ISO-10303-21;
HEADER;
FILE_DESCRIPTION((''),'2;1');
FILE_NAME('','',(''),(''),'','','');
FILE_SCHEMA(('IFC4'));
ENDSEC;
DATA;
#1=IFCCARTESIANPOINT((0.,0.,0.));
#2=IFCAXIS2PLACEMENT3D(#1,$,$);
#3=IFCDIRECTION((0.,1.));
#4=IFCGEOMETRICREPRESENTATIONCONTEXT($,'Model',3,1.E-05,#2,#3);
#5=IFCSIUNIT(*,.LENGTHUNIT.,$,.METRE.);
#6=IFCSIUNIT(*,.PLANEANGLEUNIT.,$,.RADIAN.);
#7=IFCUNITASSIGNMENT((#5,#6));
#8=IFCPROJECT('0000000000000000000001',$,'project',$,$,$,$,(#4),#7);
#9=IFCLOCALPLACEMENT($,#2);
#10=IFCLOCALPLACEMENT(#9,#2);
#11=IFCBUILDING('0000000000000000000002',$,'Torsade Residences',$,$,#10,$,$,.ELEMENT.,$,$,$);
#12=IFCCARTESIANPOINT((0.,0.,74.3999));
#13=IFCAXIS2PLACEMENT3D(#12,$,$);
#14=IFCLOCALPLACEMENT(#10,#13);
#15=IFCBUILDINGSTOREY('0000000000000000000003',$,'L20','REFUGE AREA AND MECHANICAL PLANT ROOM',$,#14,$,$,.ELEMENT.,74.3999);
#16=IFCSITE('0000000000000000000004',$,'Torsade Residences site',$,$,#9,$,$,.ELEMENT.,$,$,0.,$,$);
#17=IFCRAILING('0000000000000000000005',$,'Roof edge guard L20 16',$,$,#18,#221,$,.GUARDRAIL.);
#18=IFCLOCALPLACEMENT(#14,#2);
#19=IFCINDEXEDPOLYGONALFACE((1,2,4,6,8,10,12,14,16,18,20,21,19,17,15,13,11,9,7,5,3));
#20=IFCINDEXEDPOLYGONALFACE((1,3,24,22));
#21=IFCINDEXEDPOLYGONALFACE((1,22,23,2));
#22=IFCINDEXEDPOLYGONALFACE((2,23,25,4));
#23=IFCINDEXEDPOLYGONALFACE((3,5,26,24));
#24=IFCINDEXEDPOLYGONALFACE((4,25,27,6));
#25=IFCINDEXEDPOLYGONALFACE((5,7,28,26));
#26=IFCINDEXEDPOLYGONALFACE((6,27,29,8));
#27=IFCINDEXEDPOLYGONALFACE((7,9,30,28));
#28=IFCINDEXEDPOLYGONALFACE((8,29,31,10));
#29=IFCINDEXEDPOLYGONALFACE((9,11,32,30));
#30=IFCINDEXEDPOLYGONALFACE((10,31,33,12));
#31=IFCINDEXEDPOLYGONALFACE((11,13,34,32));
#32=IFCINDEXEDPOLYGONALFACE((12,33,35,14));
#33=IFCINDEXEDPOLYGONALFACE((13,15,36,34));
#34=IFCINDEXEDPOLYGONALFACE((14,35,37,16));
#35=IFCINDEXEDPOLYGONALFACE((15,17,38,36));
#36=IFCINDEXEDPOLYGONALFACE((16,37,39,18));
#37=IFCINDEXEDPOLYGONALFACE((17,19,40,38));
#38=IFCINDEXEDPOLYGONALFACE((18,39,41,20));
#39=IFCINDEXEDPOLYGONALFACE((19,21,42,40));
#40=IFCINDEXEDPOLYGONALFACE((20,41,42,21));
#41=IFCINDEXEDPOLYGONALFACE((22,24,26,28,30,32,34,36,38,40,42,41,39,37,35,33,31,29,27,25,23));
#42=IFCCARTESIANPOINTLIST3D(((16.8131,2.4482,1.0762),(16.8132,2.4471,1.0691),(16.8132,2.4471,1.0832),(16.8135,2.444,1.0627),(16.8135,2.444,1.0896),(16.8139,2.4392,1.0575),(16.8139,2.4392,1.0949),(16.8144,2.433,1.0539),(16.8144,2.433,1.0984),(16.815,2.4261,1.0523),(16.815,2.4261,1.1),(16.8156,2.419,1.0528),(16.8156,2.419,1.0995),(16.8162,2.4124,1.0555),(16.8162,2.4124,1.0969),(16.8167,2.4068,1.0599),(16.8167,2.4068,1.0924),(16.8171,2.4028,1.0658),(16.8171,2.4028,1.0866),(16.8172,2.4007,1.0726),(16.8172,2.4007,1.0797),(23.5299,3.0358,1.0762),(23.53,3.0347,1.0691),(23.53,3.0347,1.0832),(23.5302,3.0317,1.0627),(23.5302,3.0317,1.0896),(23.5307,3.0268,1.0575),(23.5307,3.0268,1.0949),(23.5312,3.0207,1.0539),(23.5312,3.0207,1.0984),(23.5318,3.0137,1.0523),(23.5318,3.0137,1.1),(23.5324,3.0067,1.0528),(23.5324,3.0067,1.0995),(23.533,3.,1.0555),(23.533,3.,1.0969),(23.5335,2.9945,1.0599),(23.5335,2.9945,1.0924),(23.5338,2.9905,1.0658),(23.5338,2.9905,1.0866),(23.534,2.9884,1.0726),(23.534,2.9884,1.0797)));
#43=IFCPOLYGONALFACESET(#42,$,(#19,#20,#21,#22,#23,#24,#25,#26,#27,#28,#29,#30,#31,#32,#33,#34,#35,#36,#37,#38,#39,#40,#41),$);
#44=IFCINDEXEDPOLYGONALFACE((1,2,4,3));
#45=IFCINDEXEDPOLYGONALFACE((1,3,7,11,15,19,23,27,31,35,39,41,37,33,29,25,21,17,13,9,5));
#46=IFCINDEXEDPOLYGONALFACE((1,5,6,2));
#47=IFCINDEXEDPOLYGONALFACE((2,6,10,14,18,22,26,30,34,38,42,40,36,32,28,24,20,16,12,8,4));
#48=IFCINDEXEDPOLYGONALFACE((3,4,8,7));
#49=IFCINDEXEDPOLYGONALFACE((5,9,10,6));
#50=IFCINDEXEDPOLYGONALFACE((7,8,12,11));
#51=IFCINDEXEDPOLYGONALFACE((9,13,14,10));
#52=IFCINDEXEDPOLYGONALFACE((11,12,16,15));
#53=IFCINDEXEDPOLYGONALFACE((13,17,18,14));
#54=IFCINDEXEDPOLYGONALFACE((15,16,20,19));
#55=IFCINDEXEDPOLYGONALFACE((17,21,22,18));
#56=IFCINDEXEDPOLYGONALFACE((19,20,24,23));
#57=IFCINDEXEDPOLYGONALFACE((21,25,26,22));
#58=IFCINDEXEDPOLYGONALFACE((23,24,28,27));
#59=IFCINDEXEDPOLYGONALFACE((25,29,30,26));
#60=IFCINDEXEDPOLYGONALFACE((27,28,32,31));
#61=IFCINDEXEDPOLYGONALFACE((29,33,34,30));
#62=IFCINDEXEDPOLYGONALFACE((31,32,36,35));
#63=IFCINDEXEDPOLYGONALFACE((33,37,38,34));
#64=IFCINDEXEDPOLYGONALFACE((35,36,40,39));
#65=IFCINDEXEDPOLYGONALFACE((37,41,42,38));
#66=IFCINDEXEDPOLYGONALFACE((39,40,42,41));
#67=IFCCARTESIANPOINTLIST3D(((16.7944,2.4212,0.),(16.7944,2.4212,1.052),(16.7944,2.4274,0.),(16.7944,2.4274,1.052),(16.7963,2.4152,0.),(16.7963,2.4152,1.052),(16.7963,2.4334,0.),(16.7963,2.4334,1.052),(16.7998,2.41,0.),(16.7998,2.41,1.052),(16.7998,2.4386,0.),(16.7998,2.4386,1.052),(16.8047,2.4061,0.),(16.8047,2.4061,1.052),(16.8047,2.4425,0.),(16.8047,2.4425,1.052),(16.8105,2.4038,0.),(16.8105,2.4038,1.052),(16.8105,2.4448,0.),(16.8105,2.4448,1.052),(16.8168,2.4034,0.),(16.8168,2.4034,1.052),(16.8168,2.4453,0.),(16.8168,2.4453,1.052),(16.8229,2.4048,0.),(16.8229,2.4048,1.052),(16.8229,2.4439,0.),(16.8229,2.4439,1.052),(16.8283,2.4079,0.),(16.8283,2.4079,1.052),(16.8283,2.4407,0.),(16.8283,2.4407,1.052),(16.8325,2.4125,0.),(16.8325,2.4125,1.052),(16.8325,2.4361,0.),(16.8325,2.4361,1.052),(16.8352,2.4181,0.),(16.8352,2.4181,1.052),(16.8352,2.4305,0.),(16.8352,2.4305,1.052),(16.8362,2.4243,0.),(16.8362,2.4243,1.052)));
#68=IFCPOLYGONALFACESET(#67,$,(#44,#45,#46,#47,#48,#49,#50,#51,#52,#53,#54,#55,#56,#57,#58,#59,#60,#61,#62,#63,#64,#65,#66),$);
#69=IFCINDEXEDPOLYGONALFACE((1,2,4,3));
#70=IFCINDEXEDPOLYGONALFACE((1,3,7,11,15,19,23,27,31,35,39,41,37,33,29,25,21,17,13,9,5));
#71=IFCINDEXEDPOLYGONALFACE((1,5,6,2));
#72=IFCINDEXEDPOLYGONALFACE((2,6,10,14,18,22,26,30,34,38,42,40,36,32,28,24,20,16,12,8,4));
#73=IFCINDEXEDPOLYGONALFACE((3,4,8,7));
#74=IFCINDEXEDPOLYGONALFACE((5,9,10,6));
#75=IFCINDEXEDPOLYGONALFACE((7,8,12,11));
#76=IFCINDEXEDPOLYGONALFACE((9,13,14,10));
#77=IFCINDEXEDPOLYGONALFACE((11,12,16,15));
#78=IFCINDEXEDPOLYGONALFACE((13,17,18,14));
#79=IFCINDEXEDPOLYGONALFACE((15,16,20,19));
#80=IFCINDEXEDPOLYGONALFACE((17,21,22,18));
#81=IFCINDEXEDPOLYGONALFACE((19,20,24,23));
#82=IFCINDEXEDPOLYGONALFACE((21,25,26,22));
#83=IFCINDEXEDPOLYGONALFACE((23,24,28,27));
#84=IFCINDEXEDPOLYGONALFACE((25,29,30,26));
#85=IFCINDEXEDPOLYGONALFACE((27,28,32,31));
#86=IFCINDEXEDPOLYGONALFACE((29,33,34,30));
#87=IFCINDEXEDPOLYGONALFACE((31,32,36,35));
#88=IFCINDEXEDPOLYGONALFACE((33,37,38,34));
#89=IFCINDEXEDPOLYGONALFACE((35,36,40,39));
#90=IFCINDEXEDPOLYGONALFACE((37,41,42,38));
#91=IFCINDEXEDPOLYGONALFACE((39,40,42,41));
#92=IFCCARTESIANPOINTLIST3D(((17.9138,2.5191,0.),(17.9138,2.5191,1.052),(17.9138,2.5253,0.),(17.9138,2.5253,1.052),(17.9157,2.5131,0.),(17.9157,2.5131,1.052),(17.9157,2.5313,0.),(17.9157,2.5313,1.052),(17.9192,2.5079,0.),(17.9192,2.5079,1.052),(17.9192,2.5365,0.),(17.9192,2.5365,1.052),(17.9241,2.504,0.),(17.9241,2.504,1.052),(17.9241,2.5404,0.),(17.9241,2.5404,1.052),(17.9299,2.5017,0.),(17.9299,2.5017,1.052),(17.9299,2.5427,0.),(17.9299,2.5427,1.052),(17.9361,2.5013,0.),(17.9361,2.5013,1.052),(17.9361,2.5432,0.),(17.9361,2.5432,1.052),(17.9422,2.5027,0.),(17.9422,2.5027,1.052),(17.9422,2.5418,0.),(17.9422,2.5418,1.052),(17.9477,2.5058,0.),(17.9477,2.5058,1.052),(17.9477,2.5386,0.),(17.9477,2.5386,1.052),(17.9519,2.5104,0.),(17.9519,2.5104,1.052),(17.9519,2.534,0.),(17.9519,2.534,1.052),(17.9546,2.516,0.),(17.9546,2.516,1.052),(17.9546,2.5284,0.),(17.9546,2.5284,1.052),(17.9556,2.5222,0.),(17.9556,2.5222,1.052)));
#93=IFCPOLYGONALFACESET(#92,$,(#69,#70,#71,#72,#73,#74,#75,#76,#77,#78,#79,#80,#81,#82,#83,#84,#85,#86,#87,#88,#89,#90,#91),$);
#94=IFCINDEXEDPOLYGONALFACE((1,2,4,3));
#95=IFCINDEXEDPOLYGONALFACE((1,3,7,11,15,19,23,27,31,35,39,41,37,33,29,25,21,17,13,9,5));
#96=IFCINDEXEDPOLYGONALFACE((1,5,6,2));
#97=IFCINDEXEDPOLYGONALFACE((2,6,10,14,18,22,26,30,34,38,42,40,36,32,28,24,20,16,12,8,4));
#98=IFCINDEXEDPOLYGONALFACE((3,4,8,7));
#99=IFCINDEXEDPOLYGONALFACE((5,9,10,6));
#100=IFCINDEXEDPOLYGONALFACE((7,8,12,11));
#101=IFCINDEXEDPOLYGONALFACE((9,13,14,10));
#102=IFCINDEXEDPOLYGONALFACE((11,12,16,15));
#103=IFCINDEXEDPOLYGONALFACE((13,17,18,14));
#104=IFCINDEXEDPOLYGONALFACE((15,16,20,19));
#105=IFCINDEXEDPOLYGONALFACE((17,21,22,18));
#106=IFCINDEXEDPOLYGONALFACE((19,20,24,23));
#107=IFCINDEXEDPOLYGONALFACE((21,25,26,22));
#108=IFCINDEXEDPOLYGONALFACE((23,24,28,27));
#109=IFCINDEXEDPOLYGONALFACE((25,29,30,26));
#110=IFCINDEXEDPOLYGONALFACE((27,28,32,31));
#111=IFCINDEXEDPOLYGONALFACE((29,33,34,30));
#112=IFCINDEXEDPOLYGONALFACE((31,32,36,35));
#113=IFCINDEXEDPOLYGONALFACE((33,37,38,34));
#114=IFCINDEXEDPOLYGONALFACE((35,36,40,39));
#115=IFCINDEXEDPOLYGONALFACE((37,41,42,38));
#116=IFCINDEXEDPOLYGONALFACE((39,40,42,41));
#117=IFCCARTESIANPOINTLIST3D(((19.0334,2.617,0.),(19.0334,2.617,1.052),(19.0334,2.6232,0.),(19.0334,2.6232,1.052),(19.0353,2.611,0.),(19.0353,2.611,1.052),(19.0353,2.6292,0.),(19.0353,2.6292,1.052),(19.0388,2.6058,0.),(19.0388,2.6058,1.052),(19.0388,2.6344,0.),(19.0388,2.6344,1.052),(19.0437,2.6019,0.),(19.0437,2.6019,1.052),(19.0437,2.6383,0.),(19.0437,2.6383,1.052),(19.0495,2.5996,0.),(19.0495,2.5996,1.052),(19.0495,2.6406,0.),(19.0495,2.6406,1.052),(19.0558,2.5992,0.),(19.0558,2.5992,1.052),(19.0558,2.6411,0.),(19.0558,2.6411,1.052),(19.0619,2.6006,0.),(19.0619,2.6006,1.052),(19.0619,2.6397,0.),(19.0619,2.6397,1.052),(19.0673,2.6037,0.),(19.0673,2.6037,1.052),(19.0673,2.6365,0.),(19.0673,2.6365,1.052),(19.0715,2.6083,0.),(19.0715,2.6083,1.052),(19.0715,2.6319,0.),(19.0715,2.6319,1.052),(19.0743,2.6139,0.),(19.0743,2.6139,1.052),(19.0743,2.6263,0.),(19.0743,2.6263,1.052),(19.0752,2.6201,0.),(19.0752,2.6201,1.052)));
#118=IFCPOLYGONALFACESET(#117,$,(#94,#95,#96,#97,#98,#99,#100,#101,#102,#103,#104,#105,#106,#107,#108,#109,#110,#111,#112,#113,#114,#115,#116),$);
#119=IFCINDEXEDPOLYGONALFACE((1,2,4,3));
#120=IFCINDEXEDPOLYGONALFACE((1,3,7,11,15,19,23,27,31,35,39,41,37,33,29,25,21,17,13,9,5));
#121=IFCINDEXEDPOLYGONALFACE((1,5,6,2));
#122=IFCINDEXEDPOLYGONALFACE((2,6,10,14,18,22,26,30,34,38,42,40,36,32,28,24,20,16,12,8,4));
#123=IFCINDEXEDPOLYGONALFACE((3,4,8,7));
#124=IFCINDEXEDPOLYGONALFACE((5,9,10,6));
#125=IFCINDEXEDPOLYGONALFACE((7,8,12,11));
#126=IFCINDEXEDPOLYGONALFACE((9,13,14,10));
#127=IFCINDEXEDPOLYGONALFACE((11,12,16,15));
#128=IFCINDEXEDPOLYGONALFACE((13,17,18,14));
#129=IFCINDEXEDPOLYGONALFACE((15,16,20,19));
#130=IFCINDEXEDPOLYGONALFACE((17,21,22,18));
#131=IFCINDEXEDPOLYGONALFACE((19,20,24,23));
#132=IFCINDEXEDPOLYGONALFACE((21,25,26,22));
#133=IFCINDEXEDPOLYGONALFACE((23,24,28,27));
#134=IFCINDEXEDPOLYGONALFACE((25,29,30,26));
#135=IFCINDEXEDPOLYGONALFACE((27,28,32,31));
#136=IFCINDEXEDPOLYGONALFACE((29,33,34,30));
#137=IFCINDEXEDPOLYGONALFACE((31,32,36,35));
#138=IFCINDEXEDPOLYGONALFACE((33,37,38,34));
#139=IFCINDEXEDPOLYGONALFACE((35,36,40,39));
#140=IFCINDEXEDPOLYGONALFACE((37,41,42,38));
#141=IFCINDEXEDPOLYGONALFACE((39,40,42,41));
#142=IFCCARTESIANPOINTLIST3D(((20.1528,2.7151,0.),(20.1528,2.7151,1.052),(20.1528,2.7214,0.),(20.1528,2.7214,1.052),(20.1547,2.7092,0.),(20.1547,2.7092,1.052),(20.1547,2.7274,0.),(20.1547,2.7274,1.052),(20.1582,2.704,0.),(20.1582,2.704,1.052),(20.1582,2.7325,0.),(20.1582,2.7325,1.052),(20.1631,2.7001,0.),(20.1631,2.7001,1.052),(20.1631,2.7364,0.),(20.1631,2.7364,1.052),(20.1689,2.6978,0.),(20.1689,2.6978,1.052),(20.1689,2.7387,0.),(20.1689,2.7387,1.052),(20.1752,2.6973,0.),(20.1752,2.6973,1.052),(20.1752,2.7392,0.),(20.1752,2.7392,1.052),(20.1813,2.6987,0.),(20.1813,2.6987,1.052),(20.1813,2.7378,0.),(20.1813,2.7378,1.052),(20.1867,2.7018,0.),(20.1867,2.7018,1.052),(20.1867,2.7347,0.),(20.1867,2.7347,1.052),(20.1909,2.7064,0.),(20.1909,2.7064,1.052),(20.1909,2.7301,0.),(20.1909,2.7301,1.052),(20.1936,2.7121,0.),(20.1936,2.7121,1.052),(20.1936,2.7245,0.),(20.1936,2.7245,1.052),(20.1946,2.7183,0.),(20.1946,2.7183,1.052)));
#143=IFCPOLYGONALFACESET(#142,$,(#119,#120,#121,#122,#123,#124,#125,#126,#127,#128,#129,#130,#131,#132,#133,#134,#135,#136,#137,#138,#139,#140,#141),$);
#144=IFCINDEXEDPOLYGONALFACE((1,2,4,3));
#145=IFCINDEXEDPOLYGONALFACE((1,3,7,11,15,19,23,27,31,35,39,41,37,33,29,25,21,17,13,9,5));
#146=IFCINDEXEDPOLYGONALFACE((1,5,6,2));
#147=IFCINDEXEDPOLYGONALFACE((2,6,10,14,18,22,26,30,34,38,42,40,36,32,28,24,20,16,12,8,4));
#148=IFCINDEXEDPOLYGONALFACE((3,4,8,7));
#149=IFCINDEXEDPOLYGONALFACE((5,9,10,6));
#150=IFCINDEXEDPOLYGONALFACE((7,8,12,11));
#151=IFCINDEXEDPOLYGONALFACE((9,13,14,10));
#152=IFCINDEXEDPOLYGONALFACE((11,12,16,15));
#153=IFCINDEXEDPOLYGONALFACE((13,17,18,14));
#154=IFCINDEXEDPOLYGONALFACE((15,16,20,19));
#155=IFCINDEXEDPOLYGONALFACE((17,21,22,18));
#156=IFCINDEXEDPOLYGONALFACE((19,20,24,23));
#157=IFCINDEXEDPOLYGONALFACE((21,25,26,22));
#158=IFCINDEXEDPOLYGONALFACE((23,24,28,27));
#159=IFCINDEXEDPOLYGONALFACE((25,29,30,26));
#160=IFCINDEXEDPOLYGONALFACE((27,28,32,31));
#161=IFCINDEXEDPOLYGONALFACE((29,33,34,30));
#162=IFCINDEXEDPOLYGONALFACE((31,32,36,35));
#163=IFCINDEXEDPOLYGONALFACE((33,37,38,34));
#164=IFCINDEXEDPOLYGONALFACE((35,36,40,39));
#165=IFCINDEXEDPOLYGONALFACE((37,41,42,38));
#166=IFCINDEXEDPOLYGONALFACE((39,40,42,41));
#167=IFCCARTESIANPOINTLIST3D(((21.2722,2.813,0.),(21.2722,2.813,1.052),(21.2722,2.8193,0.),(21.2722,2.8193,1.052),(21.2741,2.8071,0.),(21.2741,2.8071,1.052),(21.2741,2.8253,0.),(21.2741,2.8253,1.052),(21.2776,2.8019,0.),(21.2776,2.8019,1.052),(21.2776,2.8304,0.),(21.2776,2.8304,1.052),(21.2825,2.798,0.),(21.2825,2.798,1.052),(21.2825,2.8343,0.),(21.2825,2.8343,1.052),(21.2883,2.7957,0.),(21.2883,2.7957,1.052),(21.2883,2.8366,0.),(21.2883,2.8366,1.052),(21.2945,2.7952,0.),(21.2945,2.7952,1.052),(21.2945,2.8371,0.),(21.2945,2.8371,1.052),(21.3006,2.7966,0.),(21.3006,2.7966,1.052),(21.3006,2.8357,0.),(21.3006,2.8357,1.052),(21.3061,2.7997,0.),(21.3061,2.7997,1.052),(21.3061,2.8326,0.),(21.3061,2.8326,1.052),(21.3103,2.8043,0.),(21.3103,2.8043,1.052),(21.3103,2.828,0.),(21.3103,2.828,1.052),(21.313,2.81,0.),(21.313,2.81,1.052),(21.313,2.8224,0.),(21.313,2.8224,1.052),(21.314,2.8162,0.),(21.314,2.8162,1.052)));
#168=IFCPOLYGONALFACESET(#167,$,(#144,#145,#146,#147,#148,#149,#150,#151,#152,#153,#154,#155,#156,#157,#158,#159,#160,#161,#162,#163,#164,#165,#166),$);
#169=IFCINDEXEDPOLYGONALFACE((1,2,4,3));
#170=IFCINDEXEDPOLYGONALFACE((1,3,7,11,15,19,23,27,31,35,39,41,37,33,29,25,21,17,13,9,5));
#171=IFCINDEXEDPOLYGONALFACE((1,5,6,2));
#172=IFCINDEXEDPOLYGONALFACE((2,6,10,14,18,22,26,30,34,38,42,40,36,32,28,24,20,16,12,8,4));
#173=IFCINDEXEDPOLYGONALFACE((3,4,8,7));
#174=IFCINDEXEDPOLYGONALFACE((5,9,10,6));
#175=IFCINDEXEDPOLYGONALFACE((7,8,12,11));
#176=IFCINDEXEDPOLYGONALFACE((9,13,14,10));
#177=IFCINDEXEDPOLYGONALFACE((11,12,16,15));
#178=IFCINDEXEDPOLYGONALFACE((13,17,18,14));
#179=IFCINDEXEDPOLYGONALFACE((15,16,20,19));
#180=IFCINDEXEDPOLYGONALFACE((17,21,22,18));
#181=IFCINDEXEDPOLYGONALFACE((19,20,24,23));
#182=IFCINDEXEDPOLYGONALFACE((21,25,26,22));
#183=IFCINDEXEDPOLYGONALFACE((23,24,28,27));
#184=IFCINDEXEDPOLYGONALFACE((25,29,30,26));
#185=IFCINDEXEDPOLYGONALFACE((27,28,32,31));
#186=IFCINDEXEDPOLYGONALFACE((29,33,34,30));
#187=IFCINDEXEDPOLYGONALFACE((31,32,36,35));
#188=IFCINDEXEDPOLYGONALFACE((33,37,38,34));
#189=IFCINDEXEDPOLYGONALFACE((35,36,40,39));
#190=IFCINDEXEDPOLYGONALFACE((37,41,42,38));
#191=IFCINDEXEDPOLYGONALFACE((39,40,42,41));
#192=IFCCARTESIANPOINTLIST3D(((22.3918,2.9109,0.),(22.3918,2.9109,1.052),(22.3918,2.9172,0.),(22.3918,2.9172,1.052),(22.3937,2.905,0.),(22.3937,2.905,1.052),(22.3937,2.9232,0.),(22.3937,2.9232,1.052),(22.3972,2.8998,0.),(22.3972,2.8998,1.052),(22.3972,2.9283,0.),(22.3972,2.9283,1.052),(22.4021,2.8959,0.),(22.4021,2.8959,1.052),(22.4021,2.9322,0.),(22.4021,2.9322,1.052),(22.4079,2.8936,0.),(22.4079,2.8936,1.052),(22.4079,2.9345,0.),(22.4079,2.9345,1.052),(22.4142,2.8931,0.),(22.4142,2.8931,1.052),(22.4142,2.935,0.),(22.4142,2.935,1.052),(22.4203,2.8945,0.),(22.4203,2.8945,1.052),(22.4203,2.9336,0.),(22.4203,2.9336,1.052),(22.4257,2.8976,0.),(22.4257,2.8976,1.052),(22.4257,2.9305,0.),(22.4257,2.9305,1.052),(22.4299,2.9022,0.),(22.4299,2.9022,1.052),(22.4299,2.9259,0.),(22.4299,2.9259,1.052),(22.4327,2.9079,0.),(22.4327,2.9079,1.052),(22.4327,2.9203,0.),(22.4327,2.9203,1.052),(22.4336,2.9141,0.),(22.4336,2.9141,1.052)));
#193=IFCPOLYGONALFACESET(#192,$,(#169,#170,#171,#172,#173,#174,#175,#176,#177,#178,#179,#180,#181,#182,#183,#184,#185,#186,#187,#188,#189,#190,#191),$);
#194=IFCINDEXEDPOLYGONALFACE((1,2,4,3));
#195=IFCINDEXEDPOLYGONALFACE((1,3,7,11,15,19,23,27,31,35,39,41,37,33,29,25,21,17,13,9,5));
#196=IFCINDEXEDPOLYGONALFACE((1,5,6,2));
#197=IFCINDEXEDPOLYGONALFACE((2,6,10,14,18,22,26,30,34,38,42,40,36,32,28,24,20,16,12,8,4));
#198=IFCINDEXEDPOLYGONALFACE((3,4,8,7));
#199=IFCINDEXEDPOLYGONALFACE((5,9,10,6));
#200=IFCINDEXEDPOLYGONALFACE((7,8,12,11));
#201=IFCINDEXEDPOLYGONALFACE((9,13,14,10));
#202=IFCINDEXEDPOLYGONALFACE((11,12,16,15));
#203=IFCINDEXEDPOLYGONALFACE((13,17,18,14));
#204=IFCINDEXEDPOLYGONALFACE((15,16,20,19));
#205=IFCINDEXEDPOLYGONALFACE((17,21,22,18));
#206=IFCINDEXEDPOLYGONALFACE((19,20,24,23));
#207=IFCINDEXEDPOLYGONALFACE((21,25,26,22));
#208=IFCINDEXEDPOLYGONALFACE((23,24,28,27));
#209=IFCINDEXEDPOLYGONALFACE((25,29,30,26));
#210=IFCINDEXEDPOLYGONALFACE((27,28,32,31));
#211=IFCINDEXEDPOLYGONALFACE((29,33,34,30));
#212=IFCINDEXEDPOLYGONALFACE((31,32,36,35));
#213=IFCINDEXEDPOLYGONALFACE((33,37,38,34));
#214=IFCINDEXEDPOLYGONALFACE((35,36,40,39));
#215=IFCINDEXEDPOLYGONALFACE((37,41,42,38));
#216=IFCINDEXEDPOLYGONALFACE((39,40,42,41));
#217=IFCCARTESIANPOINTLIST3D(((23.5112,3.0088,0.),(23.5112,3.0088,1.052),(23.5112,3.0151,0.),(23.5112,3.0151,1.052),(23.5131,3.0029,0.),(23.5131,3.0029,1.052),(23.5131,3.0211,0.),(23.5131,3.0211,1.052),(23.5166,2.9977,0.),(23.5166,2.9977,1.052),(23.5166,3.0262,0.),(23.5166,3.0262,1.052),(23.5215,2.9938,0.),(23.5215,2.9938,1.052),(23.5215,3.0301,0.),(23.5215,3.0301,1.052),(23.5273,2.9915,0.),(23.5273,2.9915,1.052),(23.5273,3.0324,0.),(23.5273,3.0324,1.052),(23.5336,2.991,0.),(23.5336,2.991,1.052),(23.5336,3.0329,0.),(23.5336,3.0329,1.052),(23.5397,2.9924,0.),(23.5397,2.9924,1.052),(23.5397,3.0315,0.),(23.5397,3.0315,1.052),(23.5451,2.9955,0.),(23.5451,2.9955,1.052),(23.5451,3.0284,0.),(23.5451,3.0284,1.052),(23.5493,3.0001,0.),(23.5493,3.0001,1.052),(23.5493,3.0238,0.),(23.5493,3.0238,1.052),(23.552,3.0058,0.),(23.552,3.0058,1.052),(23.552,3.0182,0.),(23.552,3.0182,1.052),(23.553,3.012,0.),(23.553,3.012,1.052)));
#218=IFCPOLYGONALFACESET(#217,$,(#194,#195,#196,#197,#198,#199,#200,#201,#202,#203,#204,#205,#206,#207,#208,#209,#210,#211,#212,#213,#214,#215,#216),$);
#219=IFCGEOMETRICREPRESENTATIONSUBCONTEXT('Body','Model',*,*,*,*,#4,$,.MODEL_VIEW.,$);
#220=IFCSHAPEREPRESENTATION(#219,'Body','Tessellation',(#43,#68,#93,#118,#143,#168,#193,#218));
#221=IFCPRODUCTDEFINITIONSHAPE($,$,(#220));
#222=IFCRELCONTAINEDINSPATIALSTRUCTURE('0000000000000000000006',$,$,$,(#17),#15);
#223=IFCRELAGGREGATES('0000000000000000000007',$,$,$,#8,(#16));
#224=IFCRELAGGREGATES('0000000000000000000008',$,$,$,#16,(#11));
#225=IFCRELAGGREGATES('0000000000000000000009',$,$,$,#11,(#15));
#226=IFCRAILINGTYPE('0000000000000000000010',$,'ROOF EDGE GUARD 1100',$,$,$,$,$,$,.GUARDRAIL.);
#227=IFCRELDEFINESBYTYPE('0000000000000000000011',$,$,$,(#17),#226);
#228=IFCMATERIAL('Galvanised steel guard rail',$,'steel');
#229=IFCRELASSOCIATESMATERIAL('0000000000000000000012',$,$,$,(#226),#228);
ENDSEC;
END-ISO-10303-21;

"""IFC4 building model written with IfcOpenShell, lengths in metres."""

from ifc_helpers import new_model, si_unit, direction, frame, origin, origin_2d, place, context, subcontext, project, spatial, circle, extrude, material, type_object, element, save


model = new_model("IFC4")

# Units and contexts
model_context = context("Model", 3, precision=1e-05, world=origin(), true_north=direction((0.0, 1.0)))
body_context = subcontext(model_context, "Body", "Model", "MODEL_VIEW")
ifc_project = project(units=[si_unit("LENGTHUNIT", "METRE"), si_unit("PLANEANGLEUNIT", "RADIAN")], contexts=[model_context])

# Site, building, storey
site_placement = place(None, origin())
site = spatial("IfcSite", under=ifc_project, at=site_placement, Name="Torsade Residences site", CompositionType="ELEMENT", RefElevation=0.0)
building_placement = place(site_placement, origin())
building = spatial("IfcBuilding", under=site, at=building_placement, Name="Torsade Residences", CompositionType="ELEMENT")
storey_placement = place(building_placement, frame((0.0, 0.0, 74.3999)))
storey = spatial("IfcBuildingStorey", under=building, at=storey_placement, Name="L20", Description="REFUGE AREA AND MECHANICAL PLANT ROOM", CompositionType="ELEMENT", Elevation=74.3999)

# Railing
ifc_material_1 = material(Name="Galvanised steel guard rail", Category="steel")
railing_type = type_object("IfcRailingType", Name="ROOF EDGE GUARD 1100", PredefinedType="GUARDRAIL", material=ifc_material_1)
railing_1_placement = place(storey_placement, frame((16.8152, 2.4243, 0.0)))
element("IfcRailing", 1, at=railing_1_placement, inside=storey, type_object=railing_type, Name="Roof edge guard L20 16", PredefinedType="GUARDRAIL", context=body_context, shape_type="SweptSolid", body=[
    extrude(circle(Radius=0.0239, at=origin_2d()), frame((0.0, 0.0, 1.0762), z_axis=(0.996195, 0.087156, 0.0), x_axis=(-0.087156, 0.996195, 0.0)), (0.0, 0.0, 1.0), 6.7424),
    extrude(circle(Radius=0.021, at=origin_2d()), origin(), (0.0, 0.0, 1.0), 1.052),
    extrude(circle(Radius=0.021, at=origin_2d()), frame((1.1194, 0.0979, 0.0)), (0.0, 0.0, 1.0), 1.052),
    extrude(circle(Radius=0.021, at=origin_2d()), frame((2.239, 0.1958, 0.0)), (0.0, 0.0, 1.0), 1.052),
    extrude(circle(Radius=0.021, at=origin_2d()), frame((3.3584, 0.2939, 0.0)), (0.0, 0.0, 1.0), 1.052),
    extrude(circle(Radius=0.021, at=origin_2d()), frame((4.4778, 0.3918, 0.0)), (0.0, 0.0, 1.0), 1.052),
    extrude(circle(Radius=0.021, at=origin_2d()), frame((5.5974, 0.4897, 0.0)), (0.0, 0.0, 1.0), 1.052),
    extrude(circle(Radius=0.021, at=origin_2d()), frame((6.7168, 0.5876, 0.0)), (0.0, 0.0, 1.0), 1.052),
])

save(model, "model.ifc")
